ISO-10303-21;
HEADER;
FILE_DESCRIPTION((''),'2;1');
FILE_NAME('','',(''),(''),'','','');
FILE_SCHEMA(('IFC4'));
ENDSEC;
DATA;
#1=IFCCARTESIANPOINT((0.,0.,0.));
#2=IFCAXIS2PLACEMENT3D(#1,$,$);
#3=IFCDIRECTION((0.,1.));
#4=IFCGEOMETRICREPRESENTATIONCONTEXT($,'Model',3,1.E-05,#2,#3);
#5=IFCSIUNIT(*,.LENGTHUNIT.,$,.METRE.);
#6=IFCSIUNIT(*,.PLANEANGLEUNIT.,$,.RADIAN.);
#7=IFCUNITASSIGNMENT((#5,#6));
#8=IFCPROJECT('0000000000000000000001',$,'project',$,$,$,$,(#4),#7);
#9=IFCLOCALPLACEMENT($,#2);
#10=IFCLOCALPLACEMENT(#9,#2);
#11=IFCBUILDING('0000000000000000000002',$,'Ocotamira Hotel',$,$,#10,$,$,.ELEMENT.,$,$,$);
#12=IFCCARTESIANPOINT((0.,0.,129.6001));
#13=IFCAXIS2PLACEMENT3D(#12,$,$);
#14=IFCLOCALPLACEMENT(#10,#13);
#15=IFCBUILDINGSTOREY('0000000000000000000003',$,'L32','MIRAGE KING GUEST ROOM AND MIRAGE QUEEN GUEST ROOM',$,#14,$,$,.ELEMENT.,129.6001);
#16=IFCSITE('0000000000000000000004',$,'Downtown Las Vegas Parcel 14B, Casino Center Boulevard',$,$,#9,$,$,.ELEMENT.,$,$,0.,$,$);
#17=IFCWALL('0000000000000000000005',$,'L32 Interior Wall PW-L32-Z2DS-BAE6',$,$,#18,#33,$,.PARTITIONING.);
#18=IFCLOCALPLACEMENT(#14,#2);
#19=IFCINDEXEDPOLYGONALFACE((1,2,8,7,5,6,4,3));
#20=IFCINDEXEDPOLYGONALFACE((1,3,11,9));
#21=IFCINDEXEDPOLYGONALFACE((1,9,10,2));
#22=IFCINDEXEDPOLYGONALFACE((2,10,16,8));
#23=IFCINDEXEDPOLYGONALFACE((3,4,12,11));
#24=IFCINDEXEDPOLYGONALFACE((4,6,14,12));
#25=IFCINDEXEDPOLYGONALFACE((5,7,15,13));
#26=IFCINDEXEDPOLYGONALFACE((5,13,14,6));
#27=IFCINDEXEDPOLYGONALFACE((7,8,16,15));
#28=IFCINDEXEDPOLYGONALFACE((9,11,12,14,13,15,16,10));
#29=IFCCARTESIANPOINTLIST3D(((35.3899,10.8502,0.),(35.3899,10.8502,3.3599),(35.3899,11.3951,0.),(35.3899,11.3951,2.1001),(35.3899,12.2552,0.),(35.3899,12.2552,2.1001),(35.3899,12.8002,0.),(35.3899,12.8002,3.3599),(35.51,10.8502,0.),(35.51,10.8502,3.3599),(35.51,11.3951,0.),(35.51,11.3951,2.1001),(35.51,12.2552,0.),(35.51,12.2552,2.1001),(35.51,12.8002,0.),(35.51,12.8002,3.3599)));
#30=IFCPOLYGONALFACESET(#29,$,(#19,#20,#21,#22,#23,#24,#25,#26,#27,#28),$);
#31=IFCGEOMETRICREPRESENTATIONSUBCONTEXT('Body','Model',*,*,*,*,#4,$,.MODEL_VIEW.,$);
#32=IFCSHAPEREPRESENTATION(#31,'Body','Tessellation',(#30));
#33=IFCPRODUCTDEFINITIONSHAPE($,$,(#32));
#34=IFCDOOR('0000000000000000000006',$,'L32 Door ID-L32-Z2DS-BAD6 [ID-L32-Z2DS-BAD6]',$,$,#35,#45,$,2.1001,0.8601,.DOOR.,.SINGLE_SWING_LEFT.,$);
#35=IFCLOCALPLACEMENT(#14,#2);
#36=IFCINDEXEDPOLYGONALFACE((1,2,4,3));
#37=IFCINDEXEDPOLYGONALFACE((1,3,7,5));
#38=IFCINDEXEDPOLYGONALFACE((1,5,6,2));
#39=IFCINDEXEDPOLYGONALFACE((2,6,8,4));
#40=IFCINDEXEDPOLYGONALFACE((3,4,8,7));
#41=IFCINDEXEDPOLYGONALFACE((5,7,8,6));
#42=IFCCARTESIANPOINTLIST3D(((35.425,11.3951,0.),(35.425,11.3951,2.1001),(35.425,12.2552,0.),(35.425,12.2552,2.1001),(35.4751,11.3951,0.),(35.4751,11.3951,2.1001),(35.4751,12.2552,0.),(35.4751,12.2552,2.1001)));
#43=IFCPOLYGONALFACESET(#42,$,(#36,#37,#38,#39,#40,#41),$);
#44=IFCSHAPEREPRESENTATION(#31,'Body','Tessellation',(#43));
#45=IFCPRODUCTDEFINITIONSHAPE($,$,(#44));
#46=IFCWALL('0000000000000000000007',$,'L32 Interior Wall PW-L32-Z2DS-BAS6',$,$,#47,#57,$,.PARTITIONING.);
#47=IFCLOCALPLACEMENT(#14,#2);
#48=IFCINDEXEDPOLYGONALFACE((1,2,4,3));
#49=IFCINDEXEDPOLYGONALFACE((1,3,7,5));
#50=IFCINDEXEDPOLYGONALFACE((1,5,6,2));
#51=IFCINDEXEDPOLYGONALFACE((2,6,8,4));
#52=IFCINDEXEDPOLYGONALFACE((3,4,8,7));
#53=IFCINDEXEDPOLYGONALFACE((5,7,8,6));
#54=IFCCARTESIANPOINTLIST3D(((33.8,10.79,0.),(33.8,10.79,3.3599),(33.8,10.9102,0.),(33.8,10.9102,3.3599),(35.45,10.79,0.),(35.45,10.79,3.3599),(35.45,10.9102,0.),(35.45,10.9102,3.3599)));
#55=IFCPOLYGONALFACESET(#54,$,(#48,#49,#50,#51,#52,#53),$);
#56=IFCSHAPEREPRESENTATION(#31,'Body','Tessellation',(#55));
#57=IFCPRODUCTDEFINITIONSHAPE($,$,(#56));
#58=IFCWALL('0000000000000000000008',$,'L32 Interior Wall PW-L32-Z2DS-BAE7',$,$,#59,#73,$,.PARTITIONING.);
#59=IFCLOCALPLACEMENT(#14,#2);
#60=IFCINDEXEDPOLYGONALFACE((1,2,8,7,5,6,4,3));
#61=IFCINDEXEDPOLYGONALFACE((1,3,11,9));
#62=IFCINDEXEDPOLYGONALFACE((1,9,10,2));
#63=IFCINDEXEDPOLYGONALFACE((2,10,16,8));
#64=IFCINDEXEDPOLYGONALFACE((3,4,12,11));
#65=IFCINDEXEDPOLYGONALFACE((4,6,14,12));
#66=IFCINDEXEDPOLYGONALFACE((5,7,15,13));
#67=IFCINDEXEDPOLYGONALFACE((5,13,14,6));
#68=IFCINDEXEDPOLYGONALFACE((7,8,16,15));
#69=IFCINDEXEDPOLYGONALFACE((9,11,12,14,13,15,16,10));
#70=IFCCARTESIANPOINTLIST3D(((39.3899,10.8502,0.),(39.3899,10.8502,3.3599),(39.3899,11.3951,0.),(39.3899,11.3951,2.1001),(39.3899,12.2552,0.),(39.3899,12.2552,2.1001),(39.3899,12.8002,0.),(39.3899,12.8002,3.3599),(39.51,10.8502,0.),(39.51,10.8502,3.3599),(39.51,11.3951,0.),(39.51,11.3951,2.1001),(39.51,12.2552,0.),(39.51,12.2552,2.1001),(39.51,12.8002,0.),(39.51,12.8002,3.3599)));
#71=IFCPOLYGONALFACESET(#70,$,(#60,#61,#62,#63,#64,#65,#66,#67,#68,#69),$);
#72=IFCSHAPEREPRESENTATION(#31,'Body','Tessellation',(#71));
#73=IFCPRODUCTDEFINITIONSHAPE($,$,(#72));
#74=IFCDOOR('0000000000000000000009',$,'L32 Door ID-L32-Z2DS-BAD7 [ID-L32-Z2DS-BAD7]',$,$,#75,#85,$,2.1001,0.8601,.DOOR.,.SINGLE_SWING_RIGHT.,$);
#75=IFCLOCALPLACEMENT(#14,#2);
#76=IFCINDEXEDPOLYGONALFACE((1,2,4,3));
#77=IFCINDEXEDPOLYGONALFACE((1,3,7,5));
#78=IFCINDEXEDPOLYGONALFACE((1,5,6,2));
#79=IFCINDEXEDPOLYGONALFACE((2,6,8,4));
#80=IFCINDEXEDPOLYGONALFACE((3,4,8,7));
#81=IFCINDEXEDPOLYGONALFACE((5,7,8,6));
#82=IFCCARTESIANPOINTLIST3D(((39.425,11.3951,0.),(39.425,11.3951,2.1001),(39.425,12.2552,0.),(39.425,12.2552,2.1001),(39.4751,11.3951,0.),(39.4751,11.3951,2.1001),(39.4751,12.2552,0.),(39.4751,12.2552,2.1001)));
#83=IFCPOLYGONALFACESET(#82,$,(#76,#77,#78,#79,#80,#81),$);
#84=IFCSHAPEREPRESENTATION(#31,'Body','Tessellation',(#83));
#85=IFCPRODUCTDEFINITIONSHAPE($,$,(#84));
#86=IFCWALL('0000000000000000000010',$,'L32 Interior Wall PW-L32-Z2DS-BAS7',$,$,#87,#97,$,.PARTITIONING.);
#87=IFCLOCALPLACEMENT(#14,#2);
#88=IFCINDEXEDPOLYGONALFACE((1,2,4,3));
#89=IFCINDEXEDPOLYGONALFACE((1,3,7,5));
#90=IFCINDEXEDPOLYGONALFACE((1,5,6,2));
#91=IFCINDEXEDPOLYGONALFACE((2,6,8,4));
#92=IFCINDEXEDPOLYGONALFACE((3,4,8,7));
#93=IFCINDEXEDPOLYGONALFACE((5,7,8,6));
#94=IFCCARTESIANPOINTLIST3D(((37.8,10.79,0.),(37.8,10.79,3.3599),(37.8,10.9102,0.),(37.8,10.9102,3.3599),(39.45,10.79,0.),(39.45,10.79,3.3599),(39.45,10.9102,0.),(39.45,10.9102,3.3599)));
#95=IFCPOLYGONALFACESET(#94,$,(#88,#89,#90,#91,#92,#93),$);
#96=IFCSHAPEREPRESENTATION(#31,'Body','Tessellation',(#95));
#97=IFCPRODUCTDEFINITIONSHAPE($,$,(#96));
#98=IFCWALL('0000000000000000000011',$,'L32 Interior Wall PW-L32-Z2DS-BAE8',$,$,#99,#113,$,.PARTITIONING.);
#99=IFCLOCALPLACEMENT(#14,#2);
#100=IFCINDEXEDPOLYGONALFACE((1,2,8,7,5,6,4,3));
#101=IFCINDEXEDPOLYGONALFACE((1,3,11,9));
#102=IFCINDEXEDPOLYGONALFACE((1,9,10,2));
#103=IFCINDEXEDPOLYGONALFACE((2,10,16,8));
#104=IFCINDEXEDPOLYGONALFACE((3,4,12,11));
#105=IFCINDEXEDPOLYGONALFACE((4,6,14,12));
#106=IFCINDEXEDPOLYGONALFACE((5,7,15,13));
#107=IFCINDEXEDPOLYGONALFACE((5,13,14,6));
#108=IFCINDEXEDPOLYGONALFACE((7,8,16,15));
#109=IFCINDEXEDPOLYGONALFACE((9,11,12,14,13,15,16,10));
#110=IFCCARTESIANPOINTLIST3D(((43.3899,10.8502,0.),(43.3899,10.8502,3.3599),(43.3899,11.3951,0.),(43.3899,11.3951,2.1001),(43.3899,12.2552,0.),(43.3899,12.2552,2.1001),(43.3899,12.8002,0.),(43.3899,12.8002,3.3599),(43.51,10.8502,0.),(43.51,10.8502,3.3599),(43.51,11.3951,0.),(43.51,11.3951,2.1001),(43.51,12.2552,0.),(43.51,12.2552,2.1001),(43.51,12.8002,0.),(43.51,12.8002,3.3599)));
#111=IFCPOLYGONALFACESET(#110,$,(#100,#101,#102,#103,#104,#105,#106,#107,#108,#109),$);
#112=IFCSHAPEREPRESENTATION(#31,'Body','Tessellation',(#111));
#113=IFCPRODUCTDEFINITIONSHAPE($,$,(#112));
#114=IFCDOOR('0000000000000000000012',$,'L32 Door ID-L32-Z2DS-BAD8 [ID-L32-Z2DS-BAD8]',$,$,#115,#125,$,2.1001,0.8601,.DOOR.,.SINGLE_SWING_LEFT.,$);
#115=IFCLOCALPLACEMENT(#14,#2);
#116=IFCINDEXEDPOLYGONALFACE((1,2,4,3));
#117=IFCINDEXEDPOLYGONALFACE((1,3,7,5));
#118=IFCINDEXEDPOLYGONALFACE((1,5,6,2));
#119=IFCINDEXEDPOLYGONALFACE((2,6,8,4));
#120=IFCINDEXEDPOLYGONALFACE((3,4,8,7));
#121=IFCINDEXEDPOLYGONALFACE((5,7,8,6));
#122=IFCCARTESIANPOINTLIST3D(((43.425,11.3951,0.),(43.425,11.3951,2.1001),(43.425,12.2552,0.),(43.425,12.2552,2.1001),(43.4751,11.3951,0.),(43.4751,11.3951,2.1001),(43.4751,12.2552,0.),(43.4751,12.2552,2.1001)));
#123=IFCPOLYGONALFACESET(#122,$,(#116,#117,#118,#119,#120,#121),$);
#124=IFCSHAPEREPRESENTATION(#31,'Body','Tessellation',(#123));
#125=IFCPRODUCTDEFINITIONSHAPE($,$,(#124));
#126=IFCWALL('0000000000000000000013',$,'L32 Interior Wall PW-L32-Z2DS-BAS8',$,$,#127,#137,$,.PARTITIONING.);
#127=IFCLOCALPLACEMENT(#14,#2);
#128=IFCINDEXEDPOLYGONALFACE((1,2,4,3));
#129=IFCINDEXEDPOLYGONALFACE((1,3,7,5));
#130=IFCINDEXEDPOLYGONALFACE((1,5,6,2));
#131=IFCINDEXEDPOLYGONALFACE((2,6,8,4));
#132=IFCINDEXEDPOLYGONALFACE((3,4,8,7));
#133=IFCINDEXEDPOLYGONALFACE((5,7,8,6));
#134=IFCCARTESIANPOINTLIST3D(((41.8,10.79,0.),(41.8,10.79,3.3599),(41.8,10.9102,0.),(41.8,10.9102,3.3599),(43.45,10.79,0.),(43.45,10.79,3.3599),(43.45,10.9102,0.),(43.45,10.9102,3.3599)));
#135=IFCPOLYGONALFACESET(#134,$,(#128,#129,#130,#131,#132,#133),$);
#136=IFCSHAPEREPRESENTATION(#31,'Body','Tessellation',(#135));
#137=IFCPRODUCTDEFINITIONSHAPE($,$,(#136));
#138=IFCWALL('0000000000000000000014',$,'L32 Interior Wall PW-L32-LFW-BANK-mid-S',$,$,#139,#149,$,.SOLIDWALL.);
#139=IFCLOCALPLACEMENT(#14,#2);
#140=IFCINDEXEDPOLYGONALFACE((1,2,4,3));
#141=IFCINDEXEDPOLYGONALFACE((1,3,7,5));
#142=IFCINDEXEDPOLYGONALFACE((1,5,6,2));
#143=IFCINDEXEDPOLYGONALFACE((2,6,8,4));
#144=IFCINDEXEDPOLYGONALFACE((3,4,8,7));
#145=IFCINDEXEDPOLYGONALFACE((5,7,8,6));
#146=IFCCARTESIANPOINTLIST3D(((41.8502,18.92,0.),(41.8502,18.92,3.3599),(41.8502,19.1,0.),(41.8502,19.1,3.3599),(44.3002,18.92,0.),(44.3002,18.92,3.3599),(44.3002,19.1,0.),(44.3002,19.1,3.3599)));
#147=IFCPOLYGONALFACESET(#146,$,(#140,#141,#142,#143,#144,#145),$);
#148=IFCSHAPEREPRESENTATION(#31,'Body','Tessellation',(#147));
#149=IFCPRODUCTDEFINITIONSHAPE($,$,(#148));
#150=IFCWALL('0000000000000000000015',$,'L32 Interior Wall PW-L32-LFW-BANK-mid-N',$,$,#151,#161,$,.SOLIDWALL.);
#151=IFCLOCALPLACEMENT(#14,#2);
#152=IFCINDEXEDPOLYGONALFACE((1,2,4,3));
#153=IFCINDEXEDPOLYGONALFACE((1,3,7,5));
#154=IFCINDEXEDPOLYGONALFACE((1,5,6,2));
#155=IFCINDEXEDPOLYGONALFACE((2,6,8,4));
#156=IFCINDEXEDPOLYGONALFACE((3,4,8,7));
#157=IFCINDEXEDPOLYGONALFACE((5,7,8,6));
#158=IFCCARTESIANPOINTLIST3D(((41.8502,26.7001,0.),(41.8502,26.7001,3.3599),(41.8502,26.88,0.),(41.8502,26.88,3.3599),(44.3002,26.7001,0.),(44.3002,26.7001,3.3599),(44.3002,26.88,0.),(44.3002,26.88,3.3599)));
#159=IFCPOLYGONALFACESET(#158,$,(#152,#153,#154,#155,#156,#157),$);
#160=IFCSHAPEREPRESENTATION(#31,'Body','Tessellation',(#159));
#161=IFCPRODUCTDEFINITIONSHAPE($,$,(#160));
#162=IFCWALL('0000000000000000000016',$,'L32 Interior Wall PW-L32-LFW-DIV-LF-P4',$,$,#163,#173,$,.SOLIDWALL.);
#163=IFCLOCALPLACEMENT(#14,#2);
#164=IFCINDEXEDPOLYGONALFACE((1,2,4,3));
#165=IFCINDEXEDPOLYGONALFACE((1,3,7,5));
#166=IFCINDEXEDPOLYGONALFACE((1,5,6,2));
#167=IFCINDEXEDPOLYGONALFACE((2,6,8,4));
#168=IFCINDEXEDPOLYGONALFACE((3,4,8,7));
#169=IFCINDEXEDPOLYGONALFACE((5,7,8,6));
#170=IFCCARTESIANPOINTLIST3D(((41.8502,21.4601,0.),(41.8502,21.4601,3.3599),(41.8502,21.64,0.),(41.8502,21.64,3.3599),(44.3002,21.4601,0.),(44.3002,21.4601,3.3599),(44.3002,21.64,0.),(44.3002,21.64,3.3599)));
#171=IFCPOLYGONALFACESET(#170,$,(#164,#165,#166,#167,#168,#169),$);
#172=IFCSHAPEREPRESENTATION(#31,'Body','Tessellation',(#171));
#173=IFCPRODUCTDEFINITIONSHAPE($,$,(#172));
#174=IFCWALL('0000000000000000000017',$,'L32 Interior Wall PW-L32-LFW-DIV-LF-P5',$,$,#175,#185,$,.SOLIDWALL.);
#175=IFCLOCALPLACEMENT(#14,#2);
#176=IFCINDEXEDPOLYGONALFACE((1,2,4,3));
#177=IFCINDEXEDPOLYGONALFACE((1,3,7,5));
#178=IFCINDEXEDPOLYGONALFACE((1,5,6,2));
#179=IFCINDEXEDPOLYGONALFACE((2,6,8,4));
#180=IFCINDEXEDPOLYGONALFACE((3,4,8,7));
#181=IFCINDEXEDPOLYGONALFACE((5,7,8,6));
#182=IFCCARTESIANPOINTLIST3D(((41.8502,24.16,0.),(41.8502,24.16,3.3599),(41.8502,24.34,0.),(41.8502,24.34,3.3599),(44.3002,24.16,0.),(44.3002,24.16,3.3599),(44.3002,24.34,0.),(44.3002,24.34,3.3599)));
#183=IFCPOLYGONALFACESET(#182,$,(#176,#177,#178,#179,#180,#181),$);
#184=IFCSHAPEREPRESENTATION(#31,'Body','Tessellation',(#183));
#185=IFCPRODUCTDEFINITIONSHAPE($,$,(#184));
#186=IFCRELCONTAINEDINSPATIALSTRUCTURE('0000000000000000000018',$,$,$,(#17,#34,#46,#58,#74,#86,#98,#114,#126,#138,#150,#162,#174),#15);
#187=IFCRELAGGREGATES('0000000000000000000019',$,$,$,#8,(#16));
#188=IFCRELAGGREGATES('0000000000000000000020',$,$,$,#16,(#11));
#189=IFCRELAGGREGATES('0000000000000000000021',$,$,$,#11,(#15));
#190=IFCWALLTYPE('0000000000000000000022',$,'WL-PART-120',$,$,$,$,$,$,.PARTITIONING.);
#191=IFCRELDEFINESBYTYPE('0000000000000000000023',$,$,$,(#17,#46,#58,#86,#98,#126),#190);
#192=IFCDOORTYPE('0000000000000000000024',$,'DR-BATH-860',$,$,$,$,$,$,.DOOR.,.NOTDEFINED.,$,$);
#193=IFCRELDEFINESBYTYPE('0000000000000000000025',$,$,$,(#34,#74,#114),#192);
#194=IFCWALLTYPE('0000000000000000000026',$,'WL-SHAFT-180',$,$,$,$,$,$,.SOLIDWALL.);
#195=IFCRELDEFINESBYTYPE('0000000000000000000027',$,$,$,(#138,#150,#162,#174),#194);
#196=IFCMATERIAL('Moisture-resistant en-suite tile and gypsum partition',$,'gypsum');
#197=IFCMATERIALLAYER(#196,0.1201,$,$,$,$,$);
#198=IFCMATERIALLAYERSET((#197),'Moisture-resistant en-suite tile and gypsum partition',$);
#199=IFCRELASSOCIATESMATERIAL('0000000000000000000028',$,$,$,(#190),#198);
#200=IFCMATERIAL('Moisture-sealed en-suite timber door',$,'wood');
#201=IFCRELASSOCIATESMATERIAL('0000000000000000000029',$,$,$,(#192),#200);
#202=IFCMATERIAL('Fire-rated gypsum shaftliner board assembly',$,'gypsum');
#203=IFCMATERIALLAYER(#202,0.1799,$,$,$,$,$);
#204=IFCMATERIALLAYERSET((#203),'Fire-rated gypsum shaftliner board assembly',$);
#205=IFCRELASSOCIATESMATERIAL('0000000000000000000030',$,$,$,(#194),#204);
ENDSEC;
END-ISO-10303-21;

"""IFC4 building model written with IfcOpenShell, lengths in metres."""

from ifc_helpers import new_model, si_unit, direction, frame, frame_2d, origin, place, context, subcontext, project, spatial, rectangle, extrude, source, transform, mapped, material, layer, layer_set, type_object, element, fill, save


model = new_model("IFC4")

# Units and contexts
model_context = context("Model", 3, precision=1e-05, world=origin(), true_north=direction((0.0, 1.0)))
body_context = subcontext(model_context, "Body", "Model", "MODEL_VIEW")
ifc_project = project(units=[si_unit("LENGTHUNIT", "METRE"), si_unit("PLANEANGLEUNIT", "RADIAN")], contexts=[model_context])

# Site, building, storey
site_placement = place(None, origin())
site = spatial("IfcSite", under=ifc_project, at=site_placement, Name="Downtown Las Vegas Parcel 14B, Casino Center Boulevard", CompositionType="ELEMENT", RefElevation=0.0)
building_placement = place(site_placement, origin())
building = spatial("IfcBuilding", under=site, at=building_placement, Name="Ocotamira Hotel", CompositionType="ELEMENT")
storey_placement = place(building_placement, frame((0.0, 0.0, 129.6001)))
storey = spatial("IfcBuildingStorey", under=building, at=storey_placement, Name="L32", Description="MIRAGE KING GUEST ROOM AND MIRAGE QUEEN GUEST ROOM", CompositionType="ELEMENT", Elevation=129.6001)

# Wall, opening, door
ifc_material_1 = material(Name="Moisture-resistant en-suite tile and gypsum partition", Category="gypsum")
ifc_layer_1 = layer(ifc_material_1, 0.1201)
ifc_layer_set_1 = layer_set([ifc_layer_1], Name="Moisture-resistant en-suite tile and gypsum partition")
wall_type_1 = type_object("IfcWallType", Name="WL-PART-120", PredefinedType="PARTITIONING", material=ifc_layer_set_1)
wall_1_placement = place(storey_placement, frame((35.45, 10.8501, 0.0), z_axis=(0.0, 0.0, 1.0), x_axis=(0.0, 1.0, 0.0)))
wall_1 = element("IfcWall", 1, at=wall_1_placement, inside=storey, type_object=wall_type_1, Name="L32 Interior Wall PW-L32-Z2DS-BAE6", PredefinedType="PARTITIONING", context=body_context, shape_type="SweptSolid", body=[
    extrude(rectangle(XDim=1.95, YDim=0.1201, at=frame_2d((0.9751, 0.0))), origin(), (0.0, 0.0, 1.0), 3.3599),
])
opening_1_placement = place(wall_1_placement, frame((0.5449, 0.0, 0.0)))
opening_1 = element("IfcOpeningElement", 2, at=opening_1_placement, cuts=wall_1, PredefinedType="OPENING", context=body_context, shape_type="SweptSolid", body=[
    extrude(rectangle(XDim=0.8601, YDim=2.1001, at=frame_2d((0.4302, 1.05))), frame((0.0, 0.0701, 0.0), z_axis=(0.0, -1.0, 0.0), x_axis=(1.0, 0.0, 0.0)), (0.0, 0.0, 1.0), 0.1401),
])
ifc_material_2 = material(Name="Moisture-sealed en-suite timber door", Category="wood")
door_type_1 = type_object("IfcDoorType", Name="DR-BATH-860", OperationType="NOTDEFINED", PredefinedType="DOOR", material=ifc_material_2)
shared_shape_1 = source(origin(), body_context, "Body", "SweptSolid", [
    extrude(rectangle(XDim=0.8601, YDim=2.1001, at=frame_2d((0.4302, 1.05))), frame((0.0, 0.0249, 0.0), z_axis=(0.0, -1.0, 0.0), x_axis=(1.0, 0.0, 0.0)), (0.0, 0.0, 1.0), 0.05),
])
door_1_placement = place(opening_1_placement, origin())
door_1 = element("IfcDoor", 3, at=door_1_placement, inside=storey, type_object=door_type_1, Name="L32 Door ID-L32-Z2DS-BAD6 [ID-L32-Z2DS-BAD6]", OperationType="SINGLE_SWING_LEFT", OverallHeight=2.1001, OverallWidth=0.8601, PredefinedType="DOOR", context=body_context, shape_type="MappedRepresentation", body=[
    mapped(shared_shape_1, transform((0.0, 0.0, 0.0), scale=1.0)),
])
fill(opening_1, door_1)

# Wall
wall_2_placement = place(storey_placement, frame((33.8, 10.8501, 0.0), z_axis=(0.0, 0.0, 1.0), x_axis=(1.0, 0.0, 0.0)))
element("IfcWall", 4, at=wall_2_placement, inside=storey, type_object=wall_type_1, Name="L32 Interior Wall PW-L32-Z2DS-BAS6", PredefinedType="PARTITIONING", context=body_context, shape_type="SweptSolid", body=[
    extrude(rectangle(XDim=1.6499, YDim=0.1201, at=frame_2d((0.825, 0.0))), origin(), (0.0, 0.0, 1.0), 3.3599),
])

# Wall, opening, door
wall_3_placement = place(storey_placement, frame((39.45, 10.8501, 0.0), z_axis=(0.0, 0.0, 1.0), x_axis=(0.0, 1.0, 0.0)))
wall_3 = element("IfcWall", 5, at=wall_3_placement, inside=storey, type_object=wall_type_1, Name="L32 Interior Wall PW-L32-Z2DS-BAE7", PredefinedType="PARTITIONING", context=body_context, shape_type="SweptSolid", body=[
    extrude(rectangle(XDim=1.95, YDim=0.1201, at=frame_2d((0.9751, 0.0))), origin(), (0.0, 0.0, 1.0), 3.3599),
])
opening_2_placement = place(wall_3_placement, frame((0.5449, 0.0, 0.0)))
opening_2 = element("IfcOpeningElement", 6, at=opening_2_placement, cuts=wall_3, PredefinedType="OPENING", context=body_context, shape_type="SweptSolid", body=[
    extrude(rectangle(XDim=0.8601, YDim=2.1001, at=frame_2d((0.4302, 1.05))), frame((0.0, 0.0701, 0.0), z_axis=(0.0, -1.0, 0.0), x_axis=(1.0, 0.0, 0.0)), (0.0, 0.0, 1.0), 0.1401),
])
door_2_placement = place(opening_2_placement, origin())
door_2 = element("IfcDoor", 7, at=door_2_placement, inside=storey, type_object=door_type_1, Name="L32 Door ID-L32-Z2DS-BAD7 [ID-L32-Z2DS-BAD7]", OperationType="SINGLE_SWING_RIGHT", OverallHeight=2.1001, OverallWidth=0.8601, PredefinedType="DOOR", context=body_context, shape_type="MappedRepresentation", body=[
    mapped(shared_shape_1, transform((0.0, 0.0, 0.0), scale=1.0)),
])
fill(opening_2, door_2)

# Wall
wall_4_placement = place(storey_placement, frame((37.8, 10.8501, 0.0), z_axis=(0.0, 0.0, 1.0), x_axis=(1.0, 0.0, 0.0)))
element("IfcWall", 8, at=wall_4_placement, inside=storey, type_object=wall_type_1, Name="L32 Interior Wall PW-L32-Z2DS-BAS7", PredefinedType="PARTITIONING", context=body_context, shape_type="SweptSolid", body=[
    extrude(rectangle(XDim=1.6499, YDim=0.1201, at=frame_2d((0.825, 0.0))), origin(), (0.0, 0.0, 1.0), 3.3599),
])

# Wall, opening, door
wall_5_placement = place(storey_placement, frame((43.45, 10.8501, 0.0), z_axis=(0.0, 0.0, 1.0), x_axis=(0.0, 1.0, 0.0)))
wall_5 = element("IfcWall", 9, at=wall_5_placement, inside=storey, type_object=wall_type_1, Name="L32 Interior Wall PW-L32-Z2DS-BAE8", PredefinedType="PARTITIONING", context=body_context, shape_type="SweptSolid", body=[
    extrude(rectangle(XDim=1.95, YDim=0.1201, at=frame_2d((0.9751, 0.0))), origin(), (0.0, 0.0, 1.0), 3.3599),
])
opening_3_placement = place(wall_5_placement, frame((0.5449, 0.0, 0.0)))
opening_3 = element("IfcOpeningElement", 10, at=opening_3_placement, cuts=wall_5, PredefinedType="OPENING", context=body_context, shape_type="SweptSolid", body=[
    extrude(rectangle(XDim=0.8601, YDim=2.1001, at=frame_2d((0.4302, 1.05))), frame((0.0, 0.0701, 0.0), z_axis=(0.0, -1.0, 0.0), x_axis=(1.0, 0.0, 0.0)), (0.0, 0.0, 1.0), 0.1401),
])
door_3_placement = place(opening_3_placement, origin())
door_3 = element("IfcDoor", 11, at=door_3_placement, inside=storey, type_object=door_type_1, Name="L32 Door ID-L32-Z2DS-BAD8 [ID-L32-Z2DS-BAD8]", OperationType="SINGLE_SWING_LEFT", OverallHeight=2.1001, OverallWidth=0.8601, PredefinedType="DOOR", context=body_context, shape_type="MappedRepresentation", body=[
    mapped(shared_shape_1, transform((0.0, 0.0, 0.0), scale=1.0)),
])
fill(opening_3, door_3)

# Walls
wall_6_placement = place(storey_placement, frame((41.8, 10.8501, 0.0), z_axis=(0.0, 0.0, 1.0), x_axis=(1.0, 0.0, 0.0)))
element("IfcWall", 12, at=wall_6_placement, inside=storey, type_object=wall_type_1, Name="L32 Interior Wall PW-L32-Z2DS-BAS8", PredefinedType="PARTITIONING", context=body_context, shape_type="SweptSolid", body=[
    extrude(rectangle(XDim=1.6499, YDim=0.1201, at=frame_2d((0.825, 0.0))), origin(), (0.0, 0.0, 1.0), 3.3599),
])
ifc_material_3 = material(Name="Fire-rated gypsum shaftliner board assembly", Category="gypsum")
ifc_layer_2 = layer(ifc_material_3, 0.1799)
ifc_layer_set_2 = layer_set([ifc_layer_2], Name="Fire-rated gypsum shaftliner board assembly")
wall_type_2 = type_object("IfcWallType", Name="WL-SHAFT-180", PredefinedType="SOLIDWALL", material=ifc_layer_set_2)
for number, where, z_axis, x_axis, name in (
    (13, (41.8501, 19.01, 0.0), (0.0, 0.0, 1.0), (1.0, 0.0, 0.0), "L32 Interior Wall PW-L32-LFW-BANK-mid-S"),
    (14, (41.8501, 26.79, 0.0), (0.0, 0.0, 1.0), (1.0, 0.0, 0.0), "L32 Interior Wall PW-L32-LFW-BANK-mid-N"),
    (15, (41.8501, 21.55, 0.0), (0.0, 0.0, 1.0), (1.0, 0.0, 0.0), "L32 Interior Wall PW-L32-LFW-DIV-LF-P4"),
    (16, (41.8501, 24.25, 0.0), (0.0, 0.0, 1.0), (1.0, 0.0, 0.0), "L32 Interior Wall PW-L32-LFW-DIV-LF-P5"),
):
    element("IfcWall", number, at=place(storey_placement, frame(where, z_axis=z_axis, x_axis=x_axis)), inside=storey, type_object=wall_type_2, Name=name, PredefinedType="SOLIDWALL", context=body_context, shape_type="SweptSolid", body=[
        extrude(rectangle(XDim=2.45, YDim=0.1799, at=frame_2d((1.2251, 0.0))), origin(), (0.0, 0.0, 1.0), 3.3599),
    ])

save(model, "model.ifc")
